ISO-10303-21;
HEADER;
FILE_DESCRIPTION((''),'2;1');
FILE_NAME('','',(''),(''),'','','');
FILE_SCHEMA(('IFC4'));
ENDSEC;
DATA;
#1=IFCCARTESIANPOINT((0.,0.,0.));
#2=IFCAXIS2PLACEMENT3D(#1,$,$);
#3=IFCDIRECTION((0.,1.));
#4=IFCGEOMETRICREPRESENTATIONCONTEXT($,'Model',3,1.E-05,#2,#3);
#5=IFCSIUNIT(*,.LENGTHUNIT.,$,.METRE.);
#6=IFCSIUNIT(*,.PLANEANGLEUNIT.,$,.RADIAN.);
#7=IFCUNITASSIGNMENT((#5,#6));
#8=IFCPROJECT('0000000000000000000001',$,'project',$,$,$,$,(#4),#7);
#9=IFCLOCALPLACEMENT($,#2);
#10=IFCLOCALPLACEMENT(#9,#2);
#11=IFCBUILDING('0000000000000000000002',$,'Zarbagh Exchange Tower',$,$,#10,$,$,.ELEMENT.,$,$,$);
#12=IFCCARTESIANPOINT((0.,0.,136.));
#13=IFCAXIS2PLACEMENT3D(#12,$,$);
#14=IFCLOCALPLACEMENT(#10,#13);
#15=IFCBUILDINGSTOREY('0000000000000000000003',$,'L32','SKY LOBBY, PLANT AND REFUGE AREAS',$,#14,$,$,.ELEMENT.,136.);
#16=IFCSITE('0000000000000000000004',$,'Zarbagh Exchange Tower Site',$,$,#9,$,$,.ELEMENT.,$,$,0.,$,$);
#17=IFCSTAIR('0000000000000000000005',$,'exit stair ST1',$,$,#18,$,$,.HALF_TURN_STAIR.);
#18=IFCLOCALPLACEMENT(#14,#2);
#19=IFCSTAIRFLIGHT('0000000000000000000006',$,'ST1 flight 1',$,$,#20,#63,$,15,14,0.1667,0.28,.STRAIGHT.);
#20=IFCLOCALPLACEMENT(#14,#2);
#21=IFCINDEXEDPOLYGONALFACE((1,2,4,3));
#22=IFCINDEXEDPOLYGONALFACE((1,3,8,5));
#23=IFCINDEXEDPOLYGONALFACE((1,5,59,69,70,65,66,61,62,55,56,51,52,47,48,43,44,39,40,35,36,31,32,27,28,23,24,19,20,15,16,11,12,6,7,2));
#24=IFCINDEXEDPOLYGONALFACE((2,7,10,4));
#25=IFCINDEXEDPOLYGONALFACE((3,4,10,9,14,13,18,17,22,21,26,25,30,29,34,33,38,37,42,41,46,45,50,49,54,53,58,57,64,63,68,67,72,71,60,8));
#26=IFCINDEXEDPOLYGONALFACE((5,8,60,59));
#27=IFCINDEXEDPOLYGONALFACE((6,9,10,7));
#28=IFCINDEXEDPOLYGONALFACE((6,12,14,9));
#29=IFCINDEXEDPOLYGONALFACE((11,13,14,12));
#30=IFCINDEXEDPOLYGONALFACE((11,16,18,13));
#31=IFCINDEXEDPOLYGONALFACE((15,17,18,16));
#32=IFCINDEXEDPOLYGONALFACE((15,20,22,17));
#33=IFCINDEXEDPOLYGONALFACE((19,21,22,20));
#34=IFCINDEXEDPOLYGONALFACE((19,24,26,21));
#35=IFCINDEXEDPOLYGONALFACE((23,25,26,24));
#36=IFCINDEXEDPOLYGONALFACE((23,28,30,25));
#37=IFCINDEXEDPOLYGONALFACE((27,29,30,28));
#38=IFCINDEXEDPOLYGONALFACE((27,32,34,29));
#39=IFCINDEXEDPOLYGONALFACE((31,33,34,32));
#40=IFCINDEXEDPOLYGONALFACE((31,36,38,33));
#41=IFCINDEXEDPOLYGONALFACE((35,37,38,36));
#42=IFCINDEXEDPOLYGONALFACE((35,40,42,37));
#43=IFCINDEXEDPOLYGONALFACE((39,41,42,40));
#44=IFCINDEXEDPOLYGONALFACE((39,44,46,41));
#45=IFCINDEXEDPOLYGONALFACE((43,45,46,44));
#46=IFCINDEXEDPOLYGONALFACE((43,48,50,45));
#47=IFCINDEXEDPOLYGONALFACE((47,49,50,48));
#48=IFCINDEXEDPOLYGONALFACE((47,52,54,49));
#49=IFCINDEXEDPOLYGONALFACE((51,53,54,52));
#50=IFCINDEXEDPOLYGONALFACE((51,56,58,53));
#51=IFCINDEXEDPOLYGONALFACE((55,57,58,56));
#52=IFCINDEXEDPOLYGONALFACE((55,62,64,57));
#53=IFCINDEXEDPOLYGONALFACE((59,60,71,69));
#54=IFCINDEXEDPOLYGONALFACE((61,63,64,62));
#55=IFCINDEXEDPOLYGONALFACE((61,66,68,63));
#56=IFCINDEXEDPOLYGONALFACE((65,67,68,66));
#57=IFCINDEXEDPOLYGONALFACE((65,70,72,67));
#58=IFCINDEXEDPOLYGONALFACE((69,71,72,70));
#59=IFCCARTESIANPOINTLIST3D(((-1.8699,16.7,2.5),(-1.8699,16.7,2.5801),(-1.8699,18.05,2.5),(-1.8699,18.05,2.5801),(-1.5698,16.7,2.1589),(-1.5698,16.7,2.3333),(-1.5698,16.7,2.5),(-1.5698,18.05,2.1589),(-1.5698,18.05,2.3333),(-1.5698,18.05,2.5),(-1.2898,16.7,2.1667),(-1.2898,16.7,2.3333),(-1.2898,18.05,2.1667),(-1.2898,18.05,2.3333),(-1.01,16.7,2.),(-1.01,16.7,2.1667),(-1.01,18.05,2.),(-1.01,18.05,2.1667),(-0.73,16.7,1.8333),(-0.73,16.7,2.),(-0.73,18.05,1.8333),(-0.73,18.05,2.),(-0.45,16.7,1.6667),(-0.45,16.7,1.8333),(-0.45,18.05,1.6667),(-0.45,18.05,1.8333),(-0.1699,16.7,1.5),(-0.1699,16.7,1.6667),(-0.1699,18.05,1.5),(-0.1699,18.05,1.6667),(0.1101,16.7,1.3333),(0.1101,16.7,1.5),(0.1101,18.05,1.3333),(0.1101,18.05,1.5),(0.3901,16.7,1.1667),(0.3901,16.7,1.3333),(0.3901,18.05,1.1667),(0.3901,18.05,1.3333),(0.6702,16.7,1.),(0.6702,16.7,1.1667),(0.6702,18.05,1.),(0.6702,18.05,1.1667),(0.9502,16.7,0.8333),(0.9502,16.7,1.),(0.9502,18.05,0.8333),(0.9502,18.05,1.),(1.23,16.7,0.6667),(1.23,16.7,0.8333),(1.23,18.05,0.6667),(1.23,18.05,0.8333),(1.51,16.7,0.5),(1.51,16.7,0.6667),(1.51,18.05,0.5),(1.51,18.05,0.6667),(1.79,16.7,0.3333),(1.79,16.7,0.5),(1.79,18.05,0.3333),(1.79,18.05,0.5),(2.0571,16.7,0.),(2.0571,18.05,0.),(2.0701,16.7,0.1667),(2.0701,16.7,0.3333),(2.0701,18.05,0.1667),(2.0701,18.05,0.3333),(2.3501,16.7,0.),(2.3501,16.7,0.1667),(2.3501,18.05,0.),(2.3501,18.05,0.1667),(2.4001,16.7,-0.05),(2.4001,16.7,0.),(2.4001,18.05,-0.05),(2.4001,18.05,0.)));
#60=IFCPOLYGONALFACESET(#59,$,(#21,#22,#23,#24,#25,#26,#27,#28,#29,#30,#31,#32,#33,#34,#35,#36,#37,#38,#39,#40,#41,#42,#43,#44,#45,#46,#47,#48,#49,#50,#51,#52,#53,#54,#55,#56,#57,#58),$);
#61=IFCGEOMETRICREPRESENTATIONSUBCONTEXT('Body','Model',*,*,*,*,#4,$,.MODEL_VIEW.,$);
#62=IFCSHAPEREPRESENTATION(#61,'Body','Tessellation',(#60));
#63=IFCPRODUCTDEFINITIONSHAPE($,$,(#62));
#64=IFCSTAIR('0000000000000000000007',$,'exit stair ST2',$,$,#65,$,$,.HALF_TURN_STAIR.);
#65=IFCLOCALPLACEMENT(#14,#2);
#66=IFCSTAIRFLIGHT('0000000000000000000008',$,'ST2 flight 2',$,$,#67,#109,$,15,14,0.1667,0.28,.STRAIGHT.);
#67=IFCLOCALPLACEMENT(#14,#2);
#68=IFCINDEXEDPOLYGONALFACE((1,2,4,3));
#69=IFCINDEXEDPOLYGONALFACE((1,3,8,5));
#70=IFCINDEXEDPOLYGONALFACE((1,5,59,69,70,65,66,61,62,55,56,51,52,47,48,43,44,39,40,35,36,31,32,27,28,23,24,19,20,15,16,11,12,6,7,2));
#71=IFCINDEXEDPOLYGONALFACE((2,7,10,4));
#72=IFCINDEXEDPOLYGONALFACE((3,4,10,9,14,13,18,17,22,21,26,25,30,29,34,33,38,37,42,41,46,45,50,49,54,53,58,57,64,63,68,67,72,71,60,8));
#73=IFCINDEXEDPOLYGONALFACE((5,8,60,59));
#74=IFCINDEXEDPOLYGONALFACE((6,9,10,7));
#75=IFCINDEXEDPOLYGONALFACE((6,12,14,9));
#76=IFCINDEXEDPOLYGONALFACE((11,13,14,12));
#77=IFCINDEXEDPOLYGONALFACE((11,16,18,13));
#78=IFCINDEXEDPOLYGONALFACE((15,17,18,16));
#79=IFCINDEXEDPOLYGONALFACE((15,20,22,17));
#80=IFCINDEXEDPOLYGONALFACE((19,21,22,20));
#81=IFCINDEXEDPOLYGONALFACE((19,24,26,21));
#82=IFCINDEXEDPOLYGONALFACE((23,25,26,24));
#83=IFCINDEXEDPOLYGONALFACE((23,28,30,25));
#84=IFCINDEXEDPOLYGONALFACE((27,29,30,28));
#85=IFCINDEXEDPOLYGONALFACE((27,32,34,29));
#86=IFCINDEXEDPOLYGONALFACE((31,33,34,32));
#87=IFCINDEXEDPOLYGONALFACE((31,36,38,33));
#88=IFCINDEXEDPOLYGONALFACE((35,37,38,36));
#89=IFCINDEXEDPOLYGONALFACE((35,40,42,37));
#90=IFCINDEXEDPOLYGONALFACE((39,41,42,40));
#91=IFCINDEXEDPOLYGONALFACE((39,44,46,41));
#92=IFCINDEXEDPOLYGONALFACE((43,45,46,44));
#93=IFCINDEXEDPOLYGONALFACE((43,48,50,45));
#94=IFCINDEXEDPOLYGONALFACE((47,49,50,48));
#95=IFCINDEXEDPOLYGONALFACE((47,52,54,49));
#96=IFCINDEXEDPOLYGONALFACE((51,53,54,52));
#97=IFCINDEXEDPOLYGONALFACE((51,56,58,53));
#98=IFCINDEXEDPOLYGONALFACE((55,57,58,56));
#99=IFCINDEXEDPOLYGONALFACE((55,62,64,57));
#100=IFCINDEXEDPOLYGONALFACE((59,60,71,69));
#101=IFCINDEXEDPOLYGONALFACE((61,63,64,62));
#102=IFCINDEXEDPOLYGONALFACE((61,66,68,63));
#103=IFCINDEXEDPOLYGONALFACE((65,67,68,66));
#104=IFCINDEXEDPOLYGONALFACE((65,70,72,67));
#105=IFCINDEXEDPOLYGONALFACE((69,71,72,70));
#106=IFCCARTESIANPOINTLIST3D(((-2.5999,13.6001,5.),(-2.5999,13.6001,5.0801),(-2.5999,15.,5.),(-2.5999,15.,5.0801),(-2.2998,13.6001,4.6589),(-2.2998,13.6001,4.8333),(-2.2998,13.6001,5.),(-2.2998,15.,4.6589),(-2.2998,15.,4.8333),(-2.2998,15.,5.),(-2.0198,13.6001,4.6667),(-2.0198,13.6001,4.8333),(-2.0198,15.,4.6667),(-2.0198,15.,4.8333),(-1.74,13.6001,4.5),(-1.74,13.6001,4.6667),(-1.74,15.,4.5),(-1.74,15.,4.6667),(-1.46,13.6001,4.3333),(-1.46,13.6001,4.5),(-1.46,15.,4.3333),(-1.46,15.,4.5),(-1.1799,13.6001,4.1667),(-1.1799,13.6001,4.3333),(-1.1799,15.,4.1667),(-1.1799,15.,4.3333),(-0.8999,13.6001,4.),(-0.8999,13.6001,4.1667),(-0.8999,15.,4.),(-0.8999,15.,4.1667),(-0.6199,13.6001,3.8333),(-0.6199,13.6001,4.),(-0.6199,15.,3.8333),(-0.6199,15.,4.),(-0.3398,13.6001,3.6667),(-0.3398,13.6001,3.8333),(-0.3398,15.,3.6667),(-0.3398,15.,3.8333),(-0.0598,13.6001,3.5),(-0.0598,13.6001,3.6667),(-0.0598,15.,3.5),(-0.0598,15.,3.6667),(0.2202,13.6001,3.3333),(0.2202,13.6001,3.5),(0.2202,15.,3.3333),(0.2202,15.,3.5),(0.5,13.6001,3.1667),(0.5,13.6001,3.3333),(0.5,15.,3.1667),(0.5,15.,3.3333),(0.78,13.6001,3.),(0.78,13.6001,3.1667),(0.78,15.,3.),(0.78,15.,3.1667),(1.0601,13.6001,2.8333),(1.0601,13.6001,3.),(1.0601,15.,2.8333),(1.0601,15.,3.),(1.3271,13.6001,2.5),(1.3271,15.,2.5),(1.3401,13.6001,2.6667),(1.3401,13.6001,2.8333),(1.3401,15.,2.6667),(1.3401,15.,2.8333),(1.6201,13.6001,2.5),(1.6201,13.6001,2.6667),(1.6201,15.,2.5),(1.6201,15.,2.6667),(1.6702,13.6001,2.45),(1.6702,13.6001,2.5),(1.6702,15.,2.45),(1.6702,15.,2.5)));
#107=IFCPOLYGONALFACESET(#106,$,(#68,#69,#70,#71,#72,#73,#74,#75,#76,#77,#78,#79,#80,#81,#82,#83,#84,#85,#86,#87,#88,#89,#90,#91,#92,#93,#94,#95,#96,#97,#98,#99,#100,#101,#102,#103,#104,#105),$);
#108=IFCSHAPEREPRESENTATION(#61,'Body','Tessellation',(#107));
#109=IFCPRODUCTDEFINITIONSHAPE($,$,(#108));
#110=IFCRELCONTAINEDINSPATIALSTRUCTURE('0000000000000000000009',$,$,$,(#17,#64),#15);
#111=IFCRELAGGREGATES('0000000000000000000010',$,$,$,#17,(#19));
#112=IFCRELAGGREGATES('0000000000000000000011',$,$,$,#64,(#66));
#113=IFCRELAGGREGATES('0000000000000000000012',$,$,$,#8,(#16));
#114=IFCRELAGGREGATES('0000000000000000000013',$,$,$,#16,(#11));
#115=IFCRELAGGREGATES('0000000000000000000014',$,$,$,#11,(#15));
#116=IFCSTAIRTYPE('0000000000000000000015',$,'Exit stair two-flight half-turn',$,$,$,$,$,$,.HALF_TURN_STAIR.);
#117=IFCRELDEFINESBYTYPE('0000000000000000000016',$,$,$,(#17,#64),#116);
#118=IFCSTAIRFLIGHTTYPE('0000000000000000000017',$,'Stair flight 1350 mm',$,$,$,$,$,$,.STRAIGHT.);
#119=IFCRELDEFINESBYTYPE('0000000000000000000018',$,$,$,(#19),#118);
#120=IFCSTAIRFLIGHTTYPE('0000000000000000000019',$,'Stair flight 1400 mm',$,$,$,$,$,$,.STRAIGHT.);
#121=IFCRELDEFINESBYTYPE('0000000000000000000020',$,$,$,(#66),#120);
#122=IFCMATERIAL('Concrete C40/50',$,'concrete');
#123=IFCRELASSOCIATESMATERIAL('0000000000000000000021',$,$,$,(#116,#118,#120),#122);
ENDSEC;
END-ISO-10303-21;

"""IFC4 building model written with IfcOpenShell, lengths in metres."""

from ifc_helpers import new_model, si_unit, direction, frame, origin, place, context, subcontext, project, spatial, polyline, outline, extrude, material, type_object, element, aggregate, save


model = new_model("IFC4")

# Units and contexts
model_context = context("Model", 3, precision=1e-05, world=origin(), true_north=direction((0.0, 1.0)))
body_context = subcontext(model_context, "Body", "Model", "MODEL_VIEW")
ifc_project = project(units=[si_unit("LENGTHUNIT", "METRE"), si_unit("PLANEANGLEUNIT", "RADIAN")], contexts=[model_context])

# Site, building, storey
site_placement = place(None, origin())
site = spatial("IfcSite", under=ifc_project, at=site_placement, Name="Zarbagh Exchange Tower Site", CompositionType="ELEMENT", RefElevation=0.0)
building_placement = place(site_placement, origin())
building = spatial("IfcBuilding", under=site, at=building_placement, Name="Zarbagh Exchange Tower", CompositionType="ELEMENT")
storey_placement = place(building_placement, frame((0.0, 0.0, 136.0)))
storey = spatial("IfcBuildingStorey", under=building, at=storey_placement, Name="L32", Description="SKY LOBBY, PLANT AND REFUGE AREAS", CompositionType="ELEMENT", Elevation=136.0)

# Shared definitions
ifc_material_1 = material(Name="Concrete C40/50", Category="concrete")

# Stairs, stair flights
stair_type = type_object("IfcStairType", Name="Exit stair two-flight half-turn", PredefinedType="HALF_TURN_STAIR", material=ifc_material_1)
stair_1_placement = place(storey_placement, origin())
stair_1 = element("IfcStair", 1, at=stair_1_placement, inside=storey, type_object=stair_type, Name="exit stair ST1", PredefinedType="HALF_TURN_STAIR")
stair_flight_type_1 = type_object("IfcStairFlightType", Name="Stair flight 1350 mm", PredefinedType="STRAIGHT", material=ifc_material_1)
stair_flight_1_placement = place(storey_placement, frame((2.3501, 17.375, 0.0), z_axis=(0.0, 0.0, 1.0), x_axis=(-1.0, 0.0, 0.0)))
stair_flight_1 = element("IfcStairFlight", 2, at=stair_flight_1_placement, type_object=stair_flight_type_1, Name="ST1 flight 1", NumberOfRisers=15, NumberOfTreads=14, PredefinedType="STRAIGHT", RiserHeight=0.1667, TreadLength=0.28, context=body_context, shape_type="SweptSolid", body=[
    extrude(outline(polyline([(-0.05, -0.05), (-0.05, 0.0), (0.0, 0.0), (0.0, 0.1667), (0.28, 0.1667), (0.28, 0.3333), (0.5601, 0.3333), (0.5601, 0.5), (0.8401, 0.5), (0.8401, 0.6667), (1.1201, 0.6667), (1.1201, 0.8333), (1.3999, 0.8333), (1.3999, 1.0), (1.6799, 1.0), (1.6799, 1.1667), (1.96, 1.1667), (1.96, 1.3333), (2.24, 1.3333), (2.24, 1.5), (2.52, 1.5), (2.52, 1.6667), (2.8, 1.6667), (2.8, 1.8333), (3.0801, 1.8333), (3.0801, 2.0), (3.3601, 2.0), (3.3601, 2.1667), (3.6399, 2.1667), (3.6399, 2.3333), (3.9199, 2.3333), (3.9199, 2.5), (4.22, 2.5801), (4.22, 2.5), (3.9199, 2.1589), (0.293, 0.0), (-0.05, -0.05)])), frame((0.0, 0.675, 0.0), z_axis=(0.0, -1.0, 0.0), x_axis=(1.0, 0.0, 0.0)), (0.0, 0.0, 1.0), 1.3501),
])
aggregate(stair_1, [stair_flight_1])
stair_2_placement = place(storey_placement, origin())
stair_2 = element("IfcStair", 3, at=stair_2_placement, inside=storey, type_object=stair_type, Name="exit stair ST2", PredefinedType="HALF_TURN_STAIR")
stair_flight_type_2 = type_object("IfcStairFlightType", Name="Stair flight 1400 mm", PredefinedType="STRAIGHT", material=ifc_material_1)
stair_flight_2_placement = place(storey_placement, frame((1.6201, 14.3, 2.5), z_axis=(0.0, 0.0, 1.0), x_axis=(-1.0, 0.0, 0.0)))
stair_flight_2 = element("IfcStairFlight", 4, at=stair_flight_2_placement, type_object=stair_flight_type_2, Name="ST2 flight 2", NumberOfRisers=15, NumberOfTreads=14, PredefinedType="STRAIGHT", RiserHeight=0.1667, TreadLength=0.28, context=body_context, shape_type="SweptSolid", body=[
    extrude(outline(polyline([(-0.05, -0.05), (-0.05, 0.0), (0.0, 0.0), (0.0, 0.1667), (0.28, 0.1667), (0.28, 0.3333), (0.5601, 0.3333), (0.5601, 0.5), (0.8401, 0.5), (0.8401, 0.6667), (1.1201, 0.6667), (1.1201, 0.8333), (1.3999, 0.8333), (1.3999, 1.0), (1.6799, 1.0), (1.6799, 1.1667), (1.96, 1.1667), (1.96, 1.3333), (2.24, 1.3333), (2.24, 1.5), (2.52, 1.5), (2.52, 1.6667), (2.8, 1.6667), (2.8, 1.8333), (3.0801, 1.8333), (3.0801, 2.0), (3.3601, 2.0), (3.3601, 2.1667), (3.6399, 2.1667), (3.6399, 2.3333), (3.9199, 2.3333), (3.9199, 2.5), (4.22, 2.5801), (4.22, 2.5), (3.9199, 2.1589), (0.293, 0.0), (-0.05, -0.05)])), frame((0.0, 0.7, 0.0), z_axis=(0.0, -1.0, 0.0), x_axis=(1.0, 0.0, 0.0)), (0.0, 0.0, 1.0), 1.3999),
])
aggregate(stair_2, [stair_flight_2])

save(model, "model.ifc")
